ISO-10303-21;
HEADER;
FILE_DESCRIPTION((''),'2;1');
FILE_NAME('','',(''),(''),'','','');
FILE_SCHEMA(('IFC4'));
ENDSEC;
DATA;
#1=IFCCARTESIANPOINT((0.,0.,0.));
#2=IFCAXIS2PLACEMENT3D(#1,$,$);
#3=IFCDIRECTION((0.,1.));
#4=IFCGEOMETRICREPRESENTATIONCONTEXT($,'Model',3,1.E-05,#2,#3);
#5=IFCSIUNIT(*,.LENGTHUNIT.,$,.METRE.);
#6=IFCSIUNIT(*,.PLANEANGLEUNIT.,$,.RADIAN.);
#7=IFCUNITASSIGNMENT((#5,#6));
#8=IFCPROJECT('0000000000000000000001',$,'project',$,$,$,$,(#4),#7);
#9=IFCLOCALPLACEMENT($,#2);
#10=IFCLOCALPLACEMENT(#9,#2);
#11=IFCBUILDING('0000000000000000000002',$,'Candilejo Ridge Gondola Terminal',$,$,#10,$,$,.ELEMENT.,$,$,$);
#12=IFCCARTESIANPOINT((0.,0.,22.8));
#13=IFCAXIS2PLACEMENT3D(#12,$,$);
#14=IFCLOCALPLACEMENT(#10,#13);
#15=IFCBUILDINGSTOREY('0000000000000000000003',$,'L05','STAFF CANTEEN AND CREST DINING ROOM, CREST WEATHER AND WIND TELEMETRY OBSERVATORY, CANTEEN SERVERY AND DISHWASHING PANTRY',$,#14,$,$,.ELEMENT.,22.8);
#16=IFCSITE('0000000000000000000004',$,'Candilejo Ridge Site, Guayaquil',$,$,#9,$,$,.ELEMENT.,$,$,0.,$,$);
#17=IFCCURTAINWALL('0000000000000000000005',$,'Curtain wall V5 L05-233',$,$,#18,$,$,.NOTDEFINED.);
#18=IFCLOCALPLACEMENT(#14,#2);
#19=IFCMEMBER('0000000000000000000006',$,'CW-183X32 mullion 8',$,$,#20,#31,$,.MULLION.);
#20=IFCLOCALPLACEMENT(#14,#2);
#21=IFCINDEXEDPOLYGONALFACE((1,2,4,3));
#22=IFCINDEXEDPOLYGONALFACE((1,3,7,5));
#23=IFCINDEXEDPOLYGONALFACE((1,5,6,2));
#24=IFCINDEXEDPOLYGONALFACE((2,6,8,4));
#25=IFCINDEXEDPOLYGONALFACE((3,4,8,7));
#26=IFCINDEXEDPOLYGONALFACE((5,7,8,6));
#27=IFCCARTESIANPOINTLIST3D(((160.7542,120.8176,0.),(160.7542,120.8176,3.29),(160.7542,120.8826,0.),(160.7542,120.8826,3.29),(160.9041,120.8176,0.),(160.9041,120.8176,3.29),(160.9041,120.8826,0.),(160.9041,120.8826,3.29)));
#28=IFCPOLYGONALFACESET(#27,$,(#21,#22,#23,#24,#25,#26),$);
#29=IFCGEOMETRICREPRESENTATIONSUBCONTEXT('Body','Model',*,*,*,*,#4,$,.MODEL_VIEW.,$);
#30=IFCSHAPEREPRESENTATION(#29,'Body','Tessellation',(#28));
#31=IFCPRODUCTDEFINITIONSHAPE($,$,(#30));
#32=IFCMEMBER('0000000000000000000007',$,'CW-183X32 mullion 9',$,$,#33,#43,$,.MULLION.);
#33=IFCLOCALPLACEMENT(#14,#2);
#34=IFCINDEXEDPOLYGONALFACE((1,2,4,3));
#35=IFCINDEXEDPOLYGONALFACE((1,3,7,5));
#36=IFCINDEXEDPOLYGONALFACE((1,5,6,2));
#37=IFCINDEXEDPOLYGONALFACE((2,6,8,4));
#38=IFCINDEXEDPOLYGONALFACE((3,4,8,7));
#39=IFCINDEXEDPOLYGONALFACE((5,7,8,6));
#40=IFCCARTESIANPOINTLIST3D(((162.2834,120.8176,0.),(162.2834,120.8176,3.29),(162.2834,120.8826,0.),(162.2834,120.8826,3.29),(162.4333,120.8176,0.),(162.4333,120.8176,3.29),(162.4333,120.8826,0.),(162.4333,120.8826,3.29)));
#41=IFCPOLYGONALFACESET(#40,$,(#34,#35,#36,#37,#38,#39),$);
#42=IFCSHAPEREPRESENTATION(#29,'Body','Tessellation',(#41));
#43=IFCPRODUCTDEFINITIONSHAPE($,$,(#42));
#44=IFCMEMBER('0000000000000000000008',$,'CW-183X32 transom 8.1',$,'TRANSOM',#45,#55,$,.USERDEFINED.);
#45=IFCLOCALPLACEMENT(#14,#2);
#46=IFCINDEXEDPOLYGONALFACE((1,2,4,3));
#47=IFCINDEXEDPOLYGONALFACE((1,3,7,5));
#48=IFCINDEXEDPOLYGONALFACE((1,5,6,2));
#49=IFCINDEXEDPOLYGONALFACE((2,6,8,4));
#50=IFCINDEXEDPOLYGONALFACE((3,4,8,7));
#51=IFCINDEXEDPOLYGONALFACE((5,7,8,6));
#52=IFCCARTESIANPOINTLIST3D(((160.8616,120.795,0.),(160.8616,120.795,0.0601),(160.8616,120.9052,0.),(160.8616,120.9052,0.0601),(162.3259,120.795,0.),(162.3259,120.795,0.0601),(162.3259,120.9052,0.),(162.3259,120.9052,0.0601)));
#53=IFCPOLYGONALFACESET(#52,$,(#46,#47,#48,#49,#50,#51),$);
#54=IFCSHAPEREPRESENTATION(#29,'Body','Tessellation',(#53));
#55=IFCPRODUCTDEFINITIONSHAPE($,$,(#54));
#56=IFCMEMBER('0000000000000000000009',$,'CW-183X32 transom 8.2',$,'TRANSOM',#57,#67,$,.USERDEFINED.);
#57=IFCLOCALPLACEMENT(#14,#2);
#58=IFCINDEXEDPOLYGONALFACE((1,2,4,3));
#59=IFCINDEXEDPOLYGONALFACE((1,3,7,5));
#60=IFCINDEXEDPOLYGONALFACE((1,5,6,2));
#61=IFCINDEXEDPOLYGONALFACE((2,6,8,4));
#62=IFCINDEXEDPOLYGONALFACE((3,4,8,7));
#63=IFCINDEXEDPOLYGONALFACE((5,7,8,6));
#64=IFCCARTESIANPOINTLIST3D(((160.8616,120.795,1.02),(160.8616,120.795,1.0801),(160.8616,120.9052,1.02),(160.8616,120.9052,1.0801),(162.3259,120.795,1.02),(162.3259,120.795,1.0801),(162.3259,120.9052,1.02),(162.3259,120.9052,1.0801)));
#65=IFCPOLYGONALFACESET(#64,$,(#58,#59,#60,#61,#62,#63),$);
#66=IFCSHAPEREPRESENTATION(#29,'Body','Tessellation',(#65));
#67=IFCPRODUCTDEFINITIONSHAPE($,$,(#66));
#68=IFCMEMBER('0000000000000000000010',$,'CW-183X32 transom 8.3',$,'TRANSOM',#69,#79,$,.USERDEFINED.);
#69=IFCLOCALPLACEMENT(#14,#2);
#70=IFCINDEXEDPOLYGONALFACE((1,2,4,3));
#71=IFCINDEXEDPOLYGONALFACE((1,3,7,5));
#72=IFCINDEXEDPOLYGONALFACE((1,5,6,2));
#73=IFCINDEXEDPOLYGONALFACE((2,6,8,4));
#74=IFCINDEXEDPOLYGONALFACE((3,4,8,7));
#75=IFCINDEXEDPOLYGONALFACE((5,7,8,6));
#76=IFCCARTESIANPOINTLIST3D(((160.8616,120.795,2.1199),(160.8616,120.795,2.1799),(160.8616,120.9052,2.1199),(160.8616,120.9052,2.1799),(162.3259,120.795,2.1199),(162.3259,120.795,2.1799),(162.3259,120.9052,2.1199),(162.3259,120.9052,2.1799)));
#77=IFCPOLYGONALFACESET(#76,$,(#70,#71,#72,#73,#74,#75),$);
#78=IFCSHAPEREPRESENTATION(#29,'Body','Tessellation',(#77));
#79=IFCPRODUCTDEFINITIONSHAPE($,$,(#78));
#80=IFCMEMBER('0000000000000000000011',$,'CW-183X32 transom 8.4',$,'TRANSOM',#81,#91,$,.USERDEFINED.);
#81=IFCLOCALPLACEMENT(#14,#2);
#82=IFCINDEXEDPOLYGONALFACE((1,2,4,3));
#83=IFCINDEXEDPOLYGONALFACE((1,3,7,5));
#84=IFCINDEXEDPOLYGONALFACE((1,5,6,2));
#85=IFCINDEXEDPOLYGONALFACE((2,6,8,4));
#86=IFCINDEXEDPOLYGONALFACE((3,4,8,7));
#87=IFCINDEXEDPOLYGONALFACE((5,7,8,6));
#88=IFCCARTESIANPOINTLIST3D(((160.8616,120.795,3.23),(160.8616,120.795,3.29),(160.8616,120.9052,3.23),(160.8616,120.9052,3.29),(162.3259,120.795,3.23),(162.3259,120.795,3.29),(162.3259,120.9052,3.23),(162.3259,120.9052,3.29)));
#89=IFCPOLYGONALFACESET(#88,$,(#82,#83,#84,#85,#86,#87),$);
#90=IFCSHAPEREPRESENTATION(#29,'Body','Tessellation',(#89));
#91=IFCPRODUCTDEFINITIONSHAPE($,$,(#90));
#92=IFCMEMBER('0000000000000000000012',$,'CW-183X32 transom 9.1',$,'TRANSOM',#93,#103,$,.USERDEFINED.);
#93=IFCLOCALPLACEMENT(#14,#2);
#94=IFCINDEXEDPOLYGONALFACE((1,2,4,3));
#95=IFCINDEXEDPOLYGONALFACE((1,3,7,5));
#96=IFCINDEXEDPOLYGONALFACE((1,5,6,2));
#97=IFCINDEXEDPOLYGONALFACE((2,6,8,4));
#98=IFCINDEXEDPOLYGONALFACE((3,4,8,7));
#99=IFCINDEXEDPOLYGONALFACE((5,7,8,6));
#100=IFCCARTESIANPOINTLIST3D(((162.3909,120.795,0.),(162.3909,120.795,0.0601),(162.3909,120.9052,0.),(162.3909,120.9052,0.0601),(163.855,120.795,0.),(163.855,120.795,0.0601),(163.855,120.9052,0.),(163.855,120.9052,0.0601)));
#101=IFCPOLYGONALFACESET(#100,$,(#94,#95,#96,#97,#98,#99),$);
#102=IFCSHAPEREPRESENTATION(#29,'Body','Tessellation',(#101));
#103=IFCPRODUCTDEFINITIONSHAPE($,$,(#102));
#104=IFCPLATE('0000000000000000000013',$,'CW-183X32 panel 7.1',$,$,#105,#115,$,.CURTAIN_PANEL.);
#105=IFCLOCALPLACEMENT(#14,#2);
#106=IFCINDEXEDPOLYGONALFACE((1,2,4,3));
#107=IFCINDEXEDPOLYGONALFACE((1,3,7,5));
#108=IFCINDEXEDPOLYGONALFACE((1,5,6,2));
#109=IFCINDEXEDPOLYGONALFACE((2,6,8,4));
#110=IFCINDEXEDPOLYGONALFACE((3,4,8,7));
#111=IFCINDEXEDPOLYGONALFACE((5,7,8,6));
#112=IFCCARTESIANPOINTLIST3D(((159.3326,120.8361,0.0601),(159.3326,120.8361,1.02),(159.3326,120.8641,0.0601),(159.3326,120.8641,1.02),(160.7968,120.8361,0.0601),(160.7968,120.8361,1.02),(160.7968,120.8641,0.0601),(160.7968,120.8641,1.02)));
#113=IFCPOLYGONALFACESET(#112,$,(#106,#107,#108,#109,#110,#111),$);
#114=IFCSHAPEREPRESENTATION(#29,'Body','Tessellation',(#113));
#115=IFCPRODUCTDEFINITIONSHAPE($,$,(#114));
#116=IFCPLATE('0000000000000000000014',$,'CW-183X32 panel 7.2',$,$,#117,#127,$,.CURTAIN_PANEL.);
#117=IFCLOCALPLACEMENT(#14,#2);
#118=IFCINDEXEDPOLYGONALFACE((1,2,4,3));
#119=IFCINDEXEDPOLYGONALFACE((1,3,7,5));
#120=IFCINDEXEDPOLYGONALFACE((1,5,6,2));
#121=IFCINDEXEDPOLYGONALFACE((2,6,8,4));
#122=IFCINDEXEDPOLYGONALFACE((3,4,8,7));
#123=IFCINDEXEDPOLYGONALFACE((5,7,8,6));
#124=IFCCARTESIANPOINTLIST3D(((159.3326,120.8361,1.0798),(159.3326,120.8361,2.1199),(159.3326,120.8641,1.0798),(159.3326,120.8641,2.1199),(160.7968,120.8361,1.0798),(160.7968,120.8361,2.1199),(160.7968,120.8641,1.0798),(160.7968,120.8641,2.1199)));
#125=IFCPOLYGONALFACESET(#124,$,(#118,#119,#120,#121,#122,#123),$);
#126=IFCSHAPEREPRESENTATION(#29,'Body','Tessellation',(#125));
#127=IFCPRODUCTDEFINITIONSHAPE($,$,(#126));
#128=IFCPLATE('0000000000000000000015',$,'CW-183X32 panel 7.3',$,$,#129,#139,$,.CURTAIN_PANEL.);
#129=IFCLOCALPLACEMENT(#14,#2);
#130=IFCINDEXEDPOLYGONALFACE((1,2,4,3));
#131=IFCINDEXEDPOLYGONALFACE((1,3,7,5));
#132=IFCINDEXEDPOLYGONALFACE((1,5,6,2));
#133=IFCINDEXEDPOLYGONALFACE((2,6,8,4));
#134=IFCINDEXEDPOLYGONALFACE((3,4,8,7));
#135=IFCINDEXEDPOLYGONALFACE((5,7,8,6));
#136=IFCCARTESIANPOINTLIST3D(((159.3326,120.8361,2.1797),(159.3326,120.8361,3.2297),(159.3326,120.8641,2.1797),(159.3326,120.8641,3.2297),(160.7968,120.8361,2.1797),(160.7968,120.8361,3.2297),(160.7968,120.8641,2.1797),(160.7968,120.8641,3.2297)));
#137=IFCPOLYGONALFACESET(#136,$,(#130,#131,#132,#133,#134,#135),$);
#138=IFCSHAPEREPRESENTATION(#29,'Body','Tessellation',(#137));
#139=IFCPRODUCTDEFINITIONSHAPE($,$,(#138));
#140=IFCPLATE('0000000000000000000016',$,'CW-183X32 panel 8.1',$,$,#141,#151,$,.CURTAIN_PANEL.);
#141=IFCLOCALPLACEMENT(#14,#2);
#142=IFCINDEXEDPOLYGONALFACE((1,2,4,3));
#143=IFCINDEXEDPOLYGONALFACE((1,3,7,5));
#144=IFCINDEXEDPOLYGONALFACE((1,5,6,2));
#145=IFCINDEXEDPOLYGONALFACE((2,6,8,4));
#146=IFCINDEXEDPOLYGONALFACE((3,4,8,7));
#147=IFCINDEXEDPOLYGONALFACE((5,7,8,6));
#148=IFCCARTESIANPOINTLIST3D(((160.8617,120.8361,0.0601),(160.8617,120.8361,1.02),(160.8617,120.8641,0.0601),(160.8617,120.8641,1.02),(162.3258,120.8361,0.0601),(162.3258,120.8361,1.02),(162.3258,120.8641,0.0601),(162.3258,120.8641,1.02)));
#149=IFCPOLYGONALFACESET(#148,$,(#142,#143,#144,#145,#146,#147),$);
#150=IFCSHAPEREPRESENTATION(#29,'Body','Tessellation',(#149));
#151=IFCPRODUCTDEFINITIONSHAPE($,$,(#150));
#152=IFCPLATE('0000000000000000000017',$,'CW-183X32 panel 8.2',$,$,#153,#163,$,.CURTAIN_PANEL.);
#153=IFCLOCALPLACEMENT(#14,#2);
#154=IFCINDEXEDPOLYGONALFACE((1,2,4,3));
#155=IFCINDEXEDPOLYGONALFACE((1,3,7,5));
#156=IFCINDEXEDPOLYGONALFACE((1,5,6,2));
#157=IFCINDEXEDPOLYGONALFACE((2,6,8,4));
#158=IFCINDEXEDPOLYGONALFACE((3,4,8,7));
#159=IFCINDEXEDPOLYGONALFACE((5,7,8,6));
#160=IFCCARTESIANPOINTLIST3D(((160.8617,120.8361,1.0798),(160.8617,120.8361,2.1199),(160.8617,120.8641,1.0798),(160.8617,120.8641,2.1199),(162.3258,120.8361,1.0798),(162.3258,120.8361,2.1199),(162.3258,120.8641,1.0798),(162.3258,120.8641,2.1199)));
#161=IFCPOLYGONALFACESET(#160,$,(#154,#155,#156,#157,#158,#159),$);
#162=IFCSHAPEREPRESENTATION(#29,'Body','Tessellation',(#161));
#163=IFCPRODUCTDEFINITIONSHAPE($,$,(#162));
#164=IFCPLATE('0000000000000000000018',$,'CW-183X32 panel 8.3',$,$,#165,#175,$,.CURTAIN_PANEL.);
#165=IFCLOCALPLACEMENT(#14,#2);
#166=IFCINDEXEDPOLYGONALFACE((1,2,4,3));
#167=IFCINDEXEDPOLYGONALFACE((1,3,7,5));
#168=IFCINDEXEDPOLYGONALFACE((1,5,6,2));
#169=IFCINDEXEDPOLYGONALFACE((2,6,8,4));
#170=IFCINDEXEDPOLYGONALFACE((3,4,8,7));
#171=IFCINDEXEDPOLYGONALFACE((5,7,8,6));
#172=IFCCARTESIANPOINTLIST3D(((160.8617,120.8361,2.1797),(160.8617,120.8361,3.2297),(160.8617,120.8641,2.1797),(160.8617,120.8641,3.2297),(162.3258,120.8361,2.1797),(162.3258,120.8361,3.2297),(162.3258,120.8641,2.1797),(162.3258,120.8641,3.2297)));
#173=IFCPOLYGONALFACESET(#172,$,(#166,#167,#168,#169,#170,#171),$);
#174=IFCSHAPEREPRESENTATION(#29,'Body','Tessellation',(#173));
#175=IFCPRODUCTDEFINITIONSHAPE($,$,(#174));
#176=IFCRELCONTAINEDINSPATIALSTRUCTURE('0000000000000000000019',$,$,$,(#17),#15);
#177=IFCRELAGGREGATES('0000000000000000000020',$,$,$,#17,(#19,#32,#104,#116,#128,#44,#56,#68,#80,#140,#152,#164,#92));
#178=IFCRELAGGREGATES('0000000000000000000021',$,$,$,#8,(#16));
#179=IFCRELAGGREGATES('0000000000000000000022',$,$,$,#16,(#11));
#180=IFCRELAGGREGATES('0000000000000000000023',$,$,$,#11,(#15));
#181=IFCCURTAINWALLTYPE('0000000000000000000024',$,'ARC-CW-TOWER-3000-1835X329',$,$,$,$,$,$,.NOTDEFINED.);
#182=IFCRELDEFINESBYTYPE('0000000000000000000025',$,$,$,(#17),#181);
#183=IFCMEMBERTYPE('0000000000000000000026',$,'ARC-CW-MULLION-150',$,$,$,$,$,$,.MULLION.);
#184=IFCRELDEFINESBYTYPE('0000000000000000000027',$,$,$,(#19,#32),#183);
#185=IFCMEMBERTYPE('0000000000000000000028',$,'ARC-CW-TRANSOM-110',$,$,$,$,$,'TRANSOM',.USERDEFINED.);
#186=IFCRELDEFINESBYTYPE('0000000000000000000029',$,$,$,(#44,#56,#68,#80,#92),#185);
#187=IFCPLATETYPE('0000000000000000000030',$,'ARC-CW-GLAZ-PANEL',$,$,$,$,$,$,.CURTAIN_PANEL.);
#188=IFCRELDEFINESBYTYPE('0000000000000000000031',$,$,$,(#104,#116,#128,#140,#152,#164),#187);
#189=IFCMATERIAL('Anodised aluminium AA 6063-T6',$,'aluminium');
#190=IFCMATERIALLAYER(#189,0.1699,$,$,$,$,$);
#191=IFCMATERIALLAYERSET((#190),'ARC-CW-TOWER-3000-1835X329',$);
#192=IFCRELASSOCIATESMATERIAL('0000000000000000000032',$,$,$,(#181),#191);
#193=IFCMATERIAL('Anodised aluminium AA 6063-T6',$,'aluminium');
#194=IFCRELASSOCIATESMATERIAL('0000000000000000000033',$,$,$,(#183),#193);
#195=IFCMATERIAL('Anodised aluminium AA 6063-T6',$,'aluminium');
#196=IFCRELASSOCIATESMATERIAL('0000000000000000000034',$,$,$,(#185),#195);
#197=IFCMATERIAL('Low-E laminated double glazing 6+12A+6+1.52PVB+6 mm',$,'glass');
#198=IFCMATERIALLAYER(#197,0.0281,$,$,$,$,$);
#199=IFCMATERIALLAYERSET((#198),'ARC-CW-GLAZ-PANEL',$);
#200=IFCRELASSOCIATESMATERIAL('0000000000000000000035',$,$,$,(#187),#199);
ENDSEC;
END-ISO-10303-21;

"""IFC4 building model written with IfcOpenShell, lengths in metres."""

from ifc_helpers import new_model, si_unit, direction, frame, origin, origin_2d, place, context, subcontext, project, spatial, rectangle, extrude, material, layer, layer_set, material_profile, profile_set, type_object, element, aggregate, save


model = new_model("IFC4")

# Units and contexts
model_context = context("Model", 3, precision=1e-05, world=origin(), true_north=direction((0.0, 1.0)))
body_context = subcontext(model_context, "Body", "Model", "MODEL_VIEW")
ifc_project = project(units=[si_unit("LENGTHUNIT", "METRE"), si_unit("PLANEANGLEUNIT", "RADIAN")], contexts=[model_context])

# Site, building, storey
site_placement = place(None, origin())
site = spatial("IfcSite", under=ifc_project, at=site_placement, Name="Candilejo Ridge Site, Guayaquil", CompositionType="ELEMENT", RefElevation=0.0)
building_placement = place(site_placement, origin())
building = spatial("IfcBuilding", under=site, at=building_placement, Name="Candilejo Ridge Gondola Terminal", CompositionType="ELEMENT")
storey_placement = place(building_placement, frame((0.0, 0.0, 22.8)))
storey = spatial("IfcBuildingStorey", under=building, at=storey_placement, Name="L05", Description="STAFF CANTEEN AND CREST DINING ROOM, CREST WEATHER AND WIND TELEMETRY OBSERVATORY, CANTEEN SERVERY AND DISHWASHING PANTRY", CompositionType="ELEMENT", Elevation=22.8)

# Curtain wall, members, plates
ifc_material_1 = material(Name="Anodised aluminium AA 6063-T6", Category="aluminium")
ifc_layer_1 = layer(ifc_material_1, 0.1699)
ifc_layer_set_1 = layer_set([ifc_layer_1], Name="ARC-CW-TOWER-3000-1835X329")
curtain_wall_type = type_object("IfcCurtainWallType", Name="ARC-CW-TOWER-3000-1835X329", PredefinedType="NOTDEFINED", material=ifc_layer_set_1)
curtain_wall_placement = place(storey_placement, origin())
curtain_wall = element("IfcCurtainWall", 1, at=curtain_wall_placement, inside=storey, type_object=curtain_wall_type, Name="Curtain wall V5 L05-233", PredefinedType="NOTDEFINED")
ifc_material_2 = material(Name="Anodised aluminium AA 6063-T6", Category="aluminium")
ifc_material_profile_1 = material_profile(ifc_material_2, rectangle(XDim=0.0649, YDim=0.1499, at=origin_2d()))
ifc_profile_set_1 = profile_set([ifc_material_profile_1], Name="Anodised aluminium AA 6063-T6")
member_type_1 = type_object("IfcMemberType", Name="ARC-CW-MULLION-150", PredefinedType="MULLION", material=ifc_profile_set_1)
member_1_placement = place(storey_placement, frame((160.8291, 120.8501, 0.0), z_axis=(0.0, 0.0, 1.0), x_axis=(0.0, 1.0, 0.0)))
member_1 = element("IfcMember", 2, at=member_1_placement, type_object=member_type_1, Name="CW-183X32 mullion 8", PredefinedType="MULLION", context=body_context, shape_type="SweptSolid", body=[
    extrude(rectangle(XDim=0.0649, YDim=0.1499, at=origin_2d()), origin(), (0.0, 0.0, 1.0), 3.29),
])
member_2_placement = place(storey_placement, frame((162.3584, 120.8501, 0.0), z_axis=(0.0, 0.0, 1.0), x_axis=(0.0, 1.0, 0.0)))
member_2 = element("IfcMember", 3, at=member_2_placement, type_object=member_type_1, Name="CW-183X32 mullion 9", PredefinedType="MULLION", context=body_context, shape_type="SweptSolid", body=[
    extrude(rectangle(XDim=0.0649, YDim=0.1499, at=origin_2d()), origin(), (0.0, 0.0, 1.0), 3.29),
])
ifc_material_3 = material(Name="Anodised aluminium AA 6063-T6", Category="aluminium")
ifc_material_profile_2 = material_profile(ifc_material_3, rectangle(XDim=0.1101, YDim=0.0601, at=origin_2d()))
ifc_profile_set_2 = profile_set([ifc_material_profile_2], Name="Anodised aluminium AA 6063-T6")
member_type_2 = type_object("IfcMemberType", Name="ARC-CW-TRANSOM-110", ElementType="TRANSOM", PredefinedType="USERDEFINED", material=ifc_profile_set_2)
member_3_placement = place(storey_placement, frame((160.8616, 120.8501, 0.03), z_axis=(1.0, 0.0, 0.0), x_axis=(0.0, 1.0, 0.0)))
member_3 = element("IfcMember", 4, at=member_3_placement, type_object=member_type_2, Name="CW-183X32 transom 8.1", ObjectType="TRANSOM", PredefinedType="USERDEFINED", context=body_context, shape_type="SweptSolid", body=[
    extrude(rectangle(XDim=0.1101, YDim=0.0601, at=origin_2d()), origin(), (0.0, 0.0, 1.0), 1.4644),
])
member_4_placement = place(storey_placement, frame((160.8616, 120.8501, 1.05), z_axis=(1.0, 0.0, 0.0), x_axis=(0.0, 1.0, 0.0)))
member_4 = element("IfcMember", 5, at=member_4_placement, type_object=member_type_2, Name="CW-183X32 transom 8.2", ObjectType="TRANSOM", PredefinedType="USERDEFINED", context=body_context, shape_type="SweptSolid", body=[
    extrude(rectangle(XDim=0.1101, YDim=0.0601, at=origin_2d()), origin(), (0.0, 0.0, 1.0), 1.4644),
])
member_5_placement = place(storey_placement, frame((160.8616, 120.8501, 2.1499), z_axis=(1.0, 0.0, 0.0), x_axis=(0.0, 1.0, 0.0)))
member_5 = element("IfcMember", 6, at=member_5_placement, type_object=member_type_2, Name="CW-183X32 transom 8.3", ObjectType="TRANSOM", PredefinedType="USERDEFINED", context=body_context, shape_type="SweptSolid", body=[
    extrude(rectangle(XDim=0.1101, YDim=0.0601, at=origin_2d()), origin(), (0.0, 0.0, 1.0), 1.4644),
])
member_6_placement = place(storey_placement, frame((160.8616, 120.8501, 3.26), z_axis=(1.0, 0.0, 0.0), x_axis=(0.0, 1.0, 0.0)))
member_6 = element("IfcMember", 7, at=member_6_placement, type_object=member_type_2, Name="CW-183X32 transom 8.4", ObjectType="TRANSOM", PredefinedType="USERDEFINED", context=body_context, shape_type="SweptSolid", body=[
    extrude(rectangle(XDim=0.1101, YDim=0.0601, at=origin_2d()), origin(), (0.0, 0.0, 1.0), 1.4644),
])
member_7_placement = place(storey_placement, frame((162.3909, 120.8501, 0.03), z_axis=(1.0, 0.0, 0.0), x_axis=(0.0, 1.0, 0.0)))
member_7 = element("IfcMember", 8, at=member_7_placement, type_object=member_type_2, Name="CW-183X32 transom 9.1", ObjectType="TRANSOM", PredefinedType="USERDEFINED", context=body_context, shape_type="SweptSolid", body=[
    extrude(rectangle(XDim=0.1101, YDim=0.0601, at=origin_2d()), origin(), (0.0, 0.0, 1.0), 1.4641),
])
ifc_material_4 = material(Name="Low-E laminated double glazing 6+12A+6+1.52PVB+6 mm", Category="glass")
ifc_layer_2 = layer(ifc_material_4, 0.0281)
ifc_layer_set_2 = layer_set([ifc_layer_2], Name="ARC-CW-GLAZ-PANEL")
plate_type = type_object("IfcPlateType", Name="ARC-CW-GLAZ-PANEL", PredefinedType="CURTAIN_PANEL", material=ifc_layer_set_2)
plate_1_placement = place(storey_placement, frame((160.0647, 120.8501, 0.0601), z_axis=(0.0, 0.0, 1.0), x_axis=(1.0, 0.0, 0.0)))
plate_1 = element("IfcPlate", 9, at=plate_1_placement, type_object=plate_type, Name="CW-183X32 panel 7.1", PredefinedType="CURTAIN_PANEL", context=body_context, shape_type="SweptSolid", body=[
    extrude(rectangle(XDim=1.4641, YDim=0.0281, at=origin_2d()), origin(), (0.0, 0.0, 1.0), 0.96),
])
plate_2_placement = place(storey_placement, frame((160.0647, 120.8501, 1.0798), z_axis=(0.0, 0.0, 1.0), x_axis=(1.0, 0.0, 0.0)))
plate_2 = element("IfcPlate", 10, at=plate_2_placement, type_object=plate_type, Name="CW-183X32 panel 7.2", PredefinedType="CURTAIN_PANEL", context=body_context, shape_type="SweptSolid", body=[
    extrude(rectangle(XDim=1.4641, YDim=0.0281, at=origin_2d()), origin(), (0.0, 0.0, 1.0), 1.04),
])
plate_3_placement = place(storey_placement, frame((160.0647, 120.8501, 2.1797), z_axis=(0.0, 0.0, 1.0), x_axis=(1.0, 0.0, 0.0)))
plate_3 = element("IfcPlate", 11, at=plate_3_placement, type_object=plate_type, Name="CW-183X32 panel 7.3", PredefinedType="CURTAIN_PANEL", context=body_context, shape_type="SweptSolid", body=[
    extrude(rectangle(XDim=1.4641, YDim=0.0281, at=origin_2d()), origin(), (0.0, 0.0, 1.0), 1.05),
])
plate_4_placement = place(storey_placement, frame((161.5938, 120.8501, 0.0601), z_axis=(0.0, 0.0, 1.0), x_axis=(1.0, 0.0, 0.0)))
plate_4 = element("IfcPlate", 12, at=plate_4_placement, type_object=plate_type, Name="CW-183X32 panel 8.1", PredefinedType="CURTAIN_PANEL", context=body_context, shape_type="SweptSolid", body=[
    extrude(rectangle(XDim=1.4641, YDim=0.0281, at=origin_2d()), origin(), (0.0, 0.0, 1.0), 0.96),
])
plate_5_placement = place(storey_placement, frame((161.5938, 120.8501, 1.0798), z_axis=(0.0, 0.0, 1.0), x_axis=(1.0, 0.0, 0.0)))
plate_5 = element("IfcPlate", 13, at=plate_5_placement, type_object=plate_type, Name="CW-183X32 panel 8.2", PredefinedType="CURTAIN_PANEL", context=body_context, shape_type="SweptSolid", body=[
    extrude(rectangle(XDim=1.4641, YDim=0.0281, at=origin_2d()), origin(), (0.0, 0.0, 1.0), 1.04),
])
plate_6_placement = place(storey_placement, frame((161.5938, 120.8501, 2.1797), z_axis=(0.0, 0.0, 1.0), x_axis=(1.0, 0.0, 0.0)))
plate_6 = element("IfcPlate", 14, at=plate_6_placement, type_object=plate_type, Name="CW-183X32 panel 8.3", PredefinedType="CURTAIN_PANEL", context=body_context, shape_type="SweptSolid", body=[
    extrude(rectangle(XDim=1.4641, YDim=0.0281, at=origin_2d()), origin(), (0.0, 0.0, 1.0), 1.05),
])
aggregate(curtain_wall, [member_1, member_2, plate_1, plate_2, plate_3, member_3, member_4, member_5, member_6, plate_4, plate_5, plate_6, member_7])

save(model, "model.ifc")
